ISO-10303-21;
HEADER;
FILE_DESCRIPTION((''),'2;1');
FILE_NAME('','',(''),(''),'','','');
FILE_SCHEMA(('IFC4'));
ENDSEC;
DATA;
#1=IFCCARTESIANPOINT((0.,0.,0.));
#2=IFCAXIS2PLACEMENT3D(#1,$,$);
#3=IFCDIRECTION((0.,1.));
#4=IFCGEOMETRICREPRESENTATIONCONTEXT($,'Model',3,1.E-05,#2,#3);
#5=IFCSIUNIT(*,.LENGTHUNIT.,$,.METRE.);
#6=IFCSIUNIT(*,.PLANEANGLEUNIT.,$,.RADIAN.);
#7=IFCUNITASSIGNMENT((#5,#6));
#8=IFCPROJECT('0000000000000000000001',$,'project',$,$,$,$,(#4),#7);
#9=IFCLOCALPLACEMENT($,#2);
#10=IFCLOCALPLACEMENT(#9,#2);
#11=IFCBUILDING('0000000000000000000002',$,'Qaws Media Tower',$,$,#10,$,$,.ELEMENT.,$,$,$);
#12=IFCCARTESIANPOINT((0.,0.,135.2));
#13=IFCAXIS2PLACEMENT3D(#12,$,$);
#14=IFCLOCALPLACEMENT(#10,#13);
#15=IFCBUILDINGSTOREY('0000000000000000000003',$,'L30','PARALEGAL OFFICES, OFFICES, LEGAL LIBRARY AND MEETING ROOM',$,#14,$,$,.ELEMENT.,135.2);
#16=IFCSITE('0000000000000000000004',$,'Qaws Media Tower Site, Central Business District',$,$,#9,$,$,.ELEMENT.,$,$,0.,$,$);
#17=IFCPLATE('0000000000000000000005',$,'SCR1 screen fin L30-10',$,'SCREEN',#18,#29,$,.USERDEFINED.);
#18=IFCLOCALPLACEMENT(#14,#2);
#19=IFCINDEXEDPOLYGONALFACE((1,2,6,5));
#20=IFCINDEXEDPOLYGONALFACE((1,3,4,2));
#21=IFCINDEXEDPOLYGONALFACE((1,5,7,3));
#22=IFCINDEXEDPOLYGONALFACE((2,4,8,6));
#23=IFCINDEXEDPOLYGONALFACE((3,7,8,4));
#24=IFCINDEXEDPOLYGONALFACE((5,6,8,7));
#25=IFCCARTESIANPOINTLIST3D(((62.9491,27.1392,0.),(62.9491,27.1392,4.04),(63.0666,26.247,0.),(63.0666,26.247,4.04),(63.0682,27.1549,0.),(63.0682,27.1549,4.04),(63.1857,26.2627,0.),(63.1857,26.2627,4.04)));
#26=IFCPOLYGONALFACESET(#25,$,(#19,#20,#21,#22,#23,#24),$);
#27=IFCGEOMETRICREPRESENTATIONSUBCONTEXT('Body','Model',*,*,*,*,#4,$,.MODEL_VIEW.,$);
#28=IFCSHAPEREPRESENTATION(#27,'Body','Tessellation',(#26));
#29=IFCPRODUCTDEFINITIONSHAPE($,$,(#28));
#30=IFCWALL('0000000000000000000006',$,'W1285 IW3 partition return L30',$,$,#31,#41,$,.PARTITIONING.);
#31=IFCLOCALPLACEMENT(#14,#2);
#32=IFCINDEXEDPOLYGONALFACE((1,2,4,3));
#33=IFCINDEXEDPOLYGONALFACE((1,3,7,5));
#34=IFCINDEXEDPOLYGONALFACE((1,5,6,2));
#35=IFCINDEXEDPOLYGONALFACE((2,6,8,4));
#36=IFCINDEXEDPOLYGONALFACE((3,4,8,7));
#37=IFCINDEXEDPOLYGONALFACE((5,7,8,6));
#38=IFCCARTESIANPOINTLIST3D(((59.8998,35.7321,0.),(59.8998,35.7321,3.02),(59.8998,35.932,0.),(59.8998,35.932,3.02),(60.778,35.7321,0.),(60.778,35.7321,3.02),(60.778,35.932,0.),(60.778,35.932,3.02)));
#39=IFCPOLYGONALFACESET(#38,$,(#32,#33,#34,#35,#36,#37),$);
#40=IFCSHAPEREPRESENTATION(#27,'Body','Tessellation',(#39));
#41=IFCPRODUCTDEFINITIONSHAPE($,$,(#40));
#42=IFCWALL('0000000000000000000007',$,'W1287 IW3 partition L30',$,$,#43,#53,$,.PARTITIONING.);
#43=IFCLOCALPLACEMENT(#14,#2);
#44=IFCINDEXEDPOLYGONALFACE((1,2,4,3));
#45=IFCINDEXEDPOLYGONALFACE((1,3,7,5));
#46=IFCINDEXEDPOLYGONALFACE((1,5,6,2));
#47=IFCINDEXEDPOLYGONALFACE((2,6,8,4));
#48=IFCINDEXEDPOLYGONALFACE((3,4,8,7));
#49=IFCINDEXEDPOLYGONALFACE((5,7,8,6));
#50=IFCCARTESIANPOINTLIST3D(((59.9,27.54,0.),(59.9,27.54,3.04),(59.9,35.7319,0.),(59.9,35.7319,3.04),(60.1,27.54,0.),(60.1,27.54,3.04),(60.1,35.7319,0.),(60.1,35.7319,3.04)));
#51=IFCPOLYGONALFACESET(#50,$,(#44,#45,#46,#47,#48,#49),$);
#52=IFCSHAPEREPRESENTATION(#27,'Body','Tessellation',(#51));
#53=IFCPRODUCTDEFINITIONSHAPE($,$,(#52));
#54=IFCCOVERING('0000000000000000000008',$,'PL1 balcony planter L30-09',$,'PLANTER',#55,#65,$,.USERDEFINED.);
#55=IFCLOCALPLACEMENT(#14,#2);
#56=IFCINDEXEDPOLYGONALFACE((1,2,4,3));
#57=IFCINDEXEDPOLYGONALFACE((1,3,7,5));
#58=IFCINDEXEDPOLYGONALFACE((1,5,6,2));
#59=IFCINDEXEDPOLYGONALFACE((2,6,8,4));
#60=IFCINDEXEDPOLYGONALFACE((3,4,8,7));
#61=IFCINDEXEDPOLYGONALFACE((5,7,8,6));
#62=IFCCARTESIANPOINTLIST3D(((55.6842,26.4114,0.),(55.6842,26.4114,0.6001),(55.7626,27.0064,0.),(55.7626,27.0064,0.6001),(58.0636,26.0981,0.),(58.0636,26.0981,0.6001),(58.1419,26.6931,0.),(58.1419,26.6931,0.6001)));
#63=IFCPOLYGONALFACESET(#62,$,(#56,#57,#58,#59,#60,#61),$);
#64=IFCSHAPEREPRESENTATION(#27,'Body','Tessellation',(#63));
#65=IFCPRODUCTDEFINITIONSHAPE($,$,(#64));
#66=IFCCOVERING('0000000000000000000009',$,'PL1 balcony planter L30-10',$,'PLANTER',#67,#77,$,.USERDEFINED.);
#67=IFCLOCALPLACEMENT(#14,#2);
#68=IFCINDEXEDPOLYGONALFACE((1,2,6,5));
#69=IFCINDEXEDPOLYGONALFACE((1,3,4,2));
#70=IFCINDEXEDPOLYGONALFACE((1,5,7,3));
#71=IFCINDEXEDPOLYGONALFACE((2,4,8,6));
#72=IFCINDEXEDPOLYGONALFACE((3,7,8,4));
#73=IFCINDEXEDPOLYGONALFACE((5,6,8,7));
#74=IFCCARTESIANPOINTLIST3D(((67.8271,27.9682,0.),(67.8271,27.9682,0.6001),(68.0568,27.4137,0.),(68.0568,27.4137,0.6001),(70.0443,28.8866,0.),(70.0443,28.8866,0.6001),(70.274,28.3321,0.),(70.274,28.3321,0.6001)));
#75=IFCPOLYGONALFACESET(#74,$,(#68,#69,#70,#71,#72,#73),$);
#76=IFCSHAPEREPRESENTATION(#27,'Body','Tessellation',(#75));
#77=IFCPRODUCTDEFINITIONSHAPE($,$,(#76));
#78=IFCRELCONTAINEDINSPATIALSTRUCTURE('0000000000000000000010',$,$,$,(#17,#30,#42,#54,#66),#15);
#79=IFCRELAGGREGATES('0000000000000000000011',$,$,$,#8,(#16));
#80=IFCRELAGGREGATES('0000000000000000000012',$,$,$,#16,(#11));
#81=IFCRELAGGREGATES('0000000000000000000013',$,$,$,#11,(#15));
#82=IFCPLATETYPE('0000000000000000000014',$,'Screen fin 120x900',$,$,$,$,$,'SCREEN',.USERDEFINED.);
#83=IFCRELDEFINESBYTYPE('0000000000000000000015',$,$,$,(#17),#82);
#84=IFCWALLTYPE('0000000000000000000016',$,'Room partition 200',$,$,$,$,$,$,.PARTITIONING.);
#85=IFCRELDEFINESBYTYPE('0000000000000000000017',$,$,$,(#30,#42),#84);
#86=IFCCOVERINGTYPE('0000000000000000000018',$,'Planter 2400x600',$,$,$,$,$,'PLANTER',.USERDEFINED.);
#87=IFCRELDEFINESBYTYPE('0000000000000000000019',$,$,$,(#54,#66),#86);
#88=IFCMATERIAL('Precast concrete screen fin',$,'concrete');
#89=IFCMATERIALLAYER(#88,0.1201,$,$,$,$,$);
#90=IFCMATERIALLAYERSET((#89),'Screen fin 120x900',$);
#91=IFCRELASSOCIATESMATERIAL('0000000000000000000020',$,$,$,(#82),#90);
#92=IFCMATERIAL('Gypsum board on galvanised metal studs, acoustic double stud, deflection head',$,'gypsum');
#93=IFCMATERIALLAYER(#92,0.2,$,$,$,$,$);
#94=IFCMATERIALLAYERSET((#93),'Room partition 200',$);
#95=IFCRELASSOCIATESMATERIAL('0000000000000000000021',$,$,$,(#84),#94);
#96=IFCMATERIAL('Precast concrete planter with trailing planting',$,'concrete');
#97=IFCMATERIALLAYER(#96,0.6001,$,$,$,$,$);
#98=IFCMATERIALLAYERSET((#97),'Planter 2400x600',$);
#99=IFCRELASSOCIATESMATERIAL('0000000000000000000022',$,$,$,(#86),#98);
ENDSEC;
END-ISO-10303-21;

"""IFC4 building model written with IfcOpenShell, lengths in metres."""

from ifc_helpers import new_model, si_unit, direction, frame, frame_2d, origin, origin_2d, place, context, subcontext, project, spatial, rectangle, extrude, material, layer, layer_set, type_object, element, save


model = new_model("IFC4")

# Units and contexts
model_context = context("Model", 3, precision=1e-05, world=origin(), true_north=direction((0.0, 1.0)))
body_context = subcontext(model_context, "Body", "Model", "MODEL_VIEW")
ifc_project = project(units=[si_unit("LENGTHUNIT", "METRE"), si_unit("PLANEANGLEUNIT", "RADIAN")], contexts=[model_context])

# Site, building, storey
site_placement = place(None, origin())
site = spatial("IfcSite", under=ifc_project, at=site_placement, Name="Qaws Media Tower Site, Central Business District", CompositionType="ELEMENT", RefElevation=0.0)
building_placement = place(site_placement, origin())
building = spatial("IfcBuilding", under=site, at=building_placement, Name="Qaws Media Tower", CompositionType="ELEMENT")
storey_placement = place(building_placement, frame((0.0, 0.0, 135.2)))
storey = spatial("IfcBuildingStorey", under=building, at=storey_placement, Name="L30", Description="PARALEGAL OFFICES, OFFICES, LEGAL LIBRARY AND MEETING ROOM", CompositionType="ELEMENT", Elevation=135.2)

# Plate
ifc_material_1 = material(Name="Precast concrete screen fin", Category="concrete")
ifc_layer_1 = layer(ifc_material_1, 0.1201)
ifc_layer_set_1 = layer_set([ifc_layer_1], Name="Screen fin 120x900")
plate_type_1 = type_object("IfcPlateType", Name="Screen fin 120x900", ElementType="SCREEN", PredefinedType="USERDEFINED", material=ifc_layer_set_1)
plate_1_placement = place(storey_placement, frame((63.0674, 26.7009, 0.0), z_axis=(0.0, 0.0, 1.0), x_axis=(0.130526, -0.991445, 0.0)))
element("IfcPlate", 1, at=plate_1_placement, inside=storey, type_object=plate_type_1, Name="SCR1 screen fin L30-10", ObjectType="SCREEN", PredefinedType="USERDEFINED", context=body_context, shape_type="SweptSolid", body=[
    extrude(rectangle(XDim=0.8999, YDim=0.1201, at=origin_2d()), origin(), (0.0, 0.0, 1.0), 4.04),
])

# Walls
ifc_material_2 = material(Name="Gypsum board on galvanised metal studs, acoustic double stud, deflection head", Category="gypsum")
ifc_layer_2 = layer(ifc_material_2, 0.2)
ifc_layer_set_2 = layer_set([ifc_layer_2], Name="Room partition 200")
wall_type_1 = type_object("IfcWallType", Name="Room partition 200", PredefinedType="PARTITIONING", material=ifc_layer_set_2)
wall_1_placement = place(storey_placement, frame((59.8999, 35.832, 0.0), z_axis=(0.0, 0.0, 1.0), x_axis=(1.0, 0.0, 0.0)))
element("IfcWall", 2, at=wall_1_placement, inside=storey, type_object=wall_type_1, Name="W1285 IW3 partition return L30", PredefinedType="PARTITIONING", context=body_context, shape_type="SweptSolid", body=[
    extrude(rectangle(XDim=0.8782, YDim=0.2, at=frame_2d((0.439, 0.0))), origin(), (0.0, 0.0, 1.0), 3.02),
])
wall_2_placement = place(storey_placement, frame((60.0, 35.7319, 0.0), z_axis=(0.0, 0.0, 1.0), x_axis=(0.0, -1.0, 0.0)))
element("IfcWall", 3, at=wall_2_placement, inside=storey, type_object=wall_type_1, Name="W1287 IW3 partition L30", PredefinedType="PARTITIONING", context=body_context, shape_type="SweptSolid", body=[
    extrude(rectangle(XDim=8.1919, YDim=0.2, at=frame_2d((4.0959, 0.0))), origin(), (0.0, 0.0, 1.0), 3.04),
])

# Coverings
ifc_material_3 = material(Name="Precast concrete planter with trailing planting", Category="concrete")
ifc_layer_3 = layer(ifc_material_3, 0.6001)
ifc_layer_set_3 = layer_set([ifc_layer_3], Name="Planter 2400x600")
covering_type = type_object("IfcCoveringType", Name="Planter 2400x600", ElementType="PLANTER", PredefinedType="USERDEFINED", material=ifc_layer_set_3)
for number, where, z_axis, x_axis, name in (
    (4, (56.9131, 26.5522, 0.0), (0.0, 0.0, 1.0), (0.991445, -0.130526, 0.0), "PL1 balcony planter L30-09"),
    (5, (69.0505, 28.1501, 0.0), (0.0, 0.0, 1.0), (0.92388, 0.382683, 0.0), "PL1 balcony planter L30-10"),
):
    element("IfcCovering", number, at=place(storey_placement, frame(where, z_axis=z_axis, x_axis=x_axis)), inside=storey, type_object=covering_type, Name=name, ObjectType="PLANTER", PredefinedType="USERDEFINED", context=body_context, shape_type="SweptSolid", body=[
        extrude(rectangle(XDim=2.3999, YDim=0.6001, at=origin_2d()), origin(), (0.0, 0.0, 1.0), 0.6001),
    ])

save(model, "model.ifc")
